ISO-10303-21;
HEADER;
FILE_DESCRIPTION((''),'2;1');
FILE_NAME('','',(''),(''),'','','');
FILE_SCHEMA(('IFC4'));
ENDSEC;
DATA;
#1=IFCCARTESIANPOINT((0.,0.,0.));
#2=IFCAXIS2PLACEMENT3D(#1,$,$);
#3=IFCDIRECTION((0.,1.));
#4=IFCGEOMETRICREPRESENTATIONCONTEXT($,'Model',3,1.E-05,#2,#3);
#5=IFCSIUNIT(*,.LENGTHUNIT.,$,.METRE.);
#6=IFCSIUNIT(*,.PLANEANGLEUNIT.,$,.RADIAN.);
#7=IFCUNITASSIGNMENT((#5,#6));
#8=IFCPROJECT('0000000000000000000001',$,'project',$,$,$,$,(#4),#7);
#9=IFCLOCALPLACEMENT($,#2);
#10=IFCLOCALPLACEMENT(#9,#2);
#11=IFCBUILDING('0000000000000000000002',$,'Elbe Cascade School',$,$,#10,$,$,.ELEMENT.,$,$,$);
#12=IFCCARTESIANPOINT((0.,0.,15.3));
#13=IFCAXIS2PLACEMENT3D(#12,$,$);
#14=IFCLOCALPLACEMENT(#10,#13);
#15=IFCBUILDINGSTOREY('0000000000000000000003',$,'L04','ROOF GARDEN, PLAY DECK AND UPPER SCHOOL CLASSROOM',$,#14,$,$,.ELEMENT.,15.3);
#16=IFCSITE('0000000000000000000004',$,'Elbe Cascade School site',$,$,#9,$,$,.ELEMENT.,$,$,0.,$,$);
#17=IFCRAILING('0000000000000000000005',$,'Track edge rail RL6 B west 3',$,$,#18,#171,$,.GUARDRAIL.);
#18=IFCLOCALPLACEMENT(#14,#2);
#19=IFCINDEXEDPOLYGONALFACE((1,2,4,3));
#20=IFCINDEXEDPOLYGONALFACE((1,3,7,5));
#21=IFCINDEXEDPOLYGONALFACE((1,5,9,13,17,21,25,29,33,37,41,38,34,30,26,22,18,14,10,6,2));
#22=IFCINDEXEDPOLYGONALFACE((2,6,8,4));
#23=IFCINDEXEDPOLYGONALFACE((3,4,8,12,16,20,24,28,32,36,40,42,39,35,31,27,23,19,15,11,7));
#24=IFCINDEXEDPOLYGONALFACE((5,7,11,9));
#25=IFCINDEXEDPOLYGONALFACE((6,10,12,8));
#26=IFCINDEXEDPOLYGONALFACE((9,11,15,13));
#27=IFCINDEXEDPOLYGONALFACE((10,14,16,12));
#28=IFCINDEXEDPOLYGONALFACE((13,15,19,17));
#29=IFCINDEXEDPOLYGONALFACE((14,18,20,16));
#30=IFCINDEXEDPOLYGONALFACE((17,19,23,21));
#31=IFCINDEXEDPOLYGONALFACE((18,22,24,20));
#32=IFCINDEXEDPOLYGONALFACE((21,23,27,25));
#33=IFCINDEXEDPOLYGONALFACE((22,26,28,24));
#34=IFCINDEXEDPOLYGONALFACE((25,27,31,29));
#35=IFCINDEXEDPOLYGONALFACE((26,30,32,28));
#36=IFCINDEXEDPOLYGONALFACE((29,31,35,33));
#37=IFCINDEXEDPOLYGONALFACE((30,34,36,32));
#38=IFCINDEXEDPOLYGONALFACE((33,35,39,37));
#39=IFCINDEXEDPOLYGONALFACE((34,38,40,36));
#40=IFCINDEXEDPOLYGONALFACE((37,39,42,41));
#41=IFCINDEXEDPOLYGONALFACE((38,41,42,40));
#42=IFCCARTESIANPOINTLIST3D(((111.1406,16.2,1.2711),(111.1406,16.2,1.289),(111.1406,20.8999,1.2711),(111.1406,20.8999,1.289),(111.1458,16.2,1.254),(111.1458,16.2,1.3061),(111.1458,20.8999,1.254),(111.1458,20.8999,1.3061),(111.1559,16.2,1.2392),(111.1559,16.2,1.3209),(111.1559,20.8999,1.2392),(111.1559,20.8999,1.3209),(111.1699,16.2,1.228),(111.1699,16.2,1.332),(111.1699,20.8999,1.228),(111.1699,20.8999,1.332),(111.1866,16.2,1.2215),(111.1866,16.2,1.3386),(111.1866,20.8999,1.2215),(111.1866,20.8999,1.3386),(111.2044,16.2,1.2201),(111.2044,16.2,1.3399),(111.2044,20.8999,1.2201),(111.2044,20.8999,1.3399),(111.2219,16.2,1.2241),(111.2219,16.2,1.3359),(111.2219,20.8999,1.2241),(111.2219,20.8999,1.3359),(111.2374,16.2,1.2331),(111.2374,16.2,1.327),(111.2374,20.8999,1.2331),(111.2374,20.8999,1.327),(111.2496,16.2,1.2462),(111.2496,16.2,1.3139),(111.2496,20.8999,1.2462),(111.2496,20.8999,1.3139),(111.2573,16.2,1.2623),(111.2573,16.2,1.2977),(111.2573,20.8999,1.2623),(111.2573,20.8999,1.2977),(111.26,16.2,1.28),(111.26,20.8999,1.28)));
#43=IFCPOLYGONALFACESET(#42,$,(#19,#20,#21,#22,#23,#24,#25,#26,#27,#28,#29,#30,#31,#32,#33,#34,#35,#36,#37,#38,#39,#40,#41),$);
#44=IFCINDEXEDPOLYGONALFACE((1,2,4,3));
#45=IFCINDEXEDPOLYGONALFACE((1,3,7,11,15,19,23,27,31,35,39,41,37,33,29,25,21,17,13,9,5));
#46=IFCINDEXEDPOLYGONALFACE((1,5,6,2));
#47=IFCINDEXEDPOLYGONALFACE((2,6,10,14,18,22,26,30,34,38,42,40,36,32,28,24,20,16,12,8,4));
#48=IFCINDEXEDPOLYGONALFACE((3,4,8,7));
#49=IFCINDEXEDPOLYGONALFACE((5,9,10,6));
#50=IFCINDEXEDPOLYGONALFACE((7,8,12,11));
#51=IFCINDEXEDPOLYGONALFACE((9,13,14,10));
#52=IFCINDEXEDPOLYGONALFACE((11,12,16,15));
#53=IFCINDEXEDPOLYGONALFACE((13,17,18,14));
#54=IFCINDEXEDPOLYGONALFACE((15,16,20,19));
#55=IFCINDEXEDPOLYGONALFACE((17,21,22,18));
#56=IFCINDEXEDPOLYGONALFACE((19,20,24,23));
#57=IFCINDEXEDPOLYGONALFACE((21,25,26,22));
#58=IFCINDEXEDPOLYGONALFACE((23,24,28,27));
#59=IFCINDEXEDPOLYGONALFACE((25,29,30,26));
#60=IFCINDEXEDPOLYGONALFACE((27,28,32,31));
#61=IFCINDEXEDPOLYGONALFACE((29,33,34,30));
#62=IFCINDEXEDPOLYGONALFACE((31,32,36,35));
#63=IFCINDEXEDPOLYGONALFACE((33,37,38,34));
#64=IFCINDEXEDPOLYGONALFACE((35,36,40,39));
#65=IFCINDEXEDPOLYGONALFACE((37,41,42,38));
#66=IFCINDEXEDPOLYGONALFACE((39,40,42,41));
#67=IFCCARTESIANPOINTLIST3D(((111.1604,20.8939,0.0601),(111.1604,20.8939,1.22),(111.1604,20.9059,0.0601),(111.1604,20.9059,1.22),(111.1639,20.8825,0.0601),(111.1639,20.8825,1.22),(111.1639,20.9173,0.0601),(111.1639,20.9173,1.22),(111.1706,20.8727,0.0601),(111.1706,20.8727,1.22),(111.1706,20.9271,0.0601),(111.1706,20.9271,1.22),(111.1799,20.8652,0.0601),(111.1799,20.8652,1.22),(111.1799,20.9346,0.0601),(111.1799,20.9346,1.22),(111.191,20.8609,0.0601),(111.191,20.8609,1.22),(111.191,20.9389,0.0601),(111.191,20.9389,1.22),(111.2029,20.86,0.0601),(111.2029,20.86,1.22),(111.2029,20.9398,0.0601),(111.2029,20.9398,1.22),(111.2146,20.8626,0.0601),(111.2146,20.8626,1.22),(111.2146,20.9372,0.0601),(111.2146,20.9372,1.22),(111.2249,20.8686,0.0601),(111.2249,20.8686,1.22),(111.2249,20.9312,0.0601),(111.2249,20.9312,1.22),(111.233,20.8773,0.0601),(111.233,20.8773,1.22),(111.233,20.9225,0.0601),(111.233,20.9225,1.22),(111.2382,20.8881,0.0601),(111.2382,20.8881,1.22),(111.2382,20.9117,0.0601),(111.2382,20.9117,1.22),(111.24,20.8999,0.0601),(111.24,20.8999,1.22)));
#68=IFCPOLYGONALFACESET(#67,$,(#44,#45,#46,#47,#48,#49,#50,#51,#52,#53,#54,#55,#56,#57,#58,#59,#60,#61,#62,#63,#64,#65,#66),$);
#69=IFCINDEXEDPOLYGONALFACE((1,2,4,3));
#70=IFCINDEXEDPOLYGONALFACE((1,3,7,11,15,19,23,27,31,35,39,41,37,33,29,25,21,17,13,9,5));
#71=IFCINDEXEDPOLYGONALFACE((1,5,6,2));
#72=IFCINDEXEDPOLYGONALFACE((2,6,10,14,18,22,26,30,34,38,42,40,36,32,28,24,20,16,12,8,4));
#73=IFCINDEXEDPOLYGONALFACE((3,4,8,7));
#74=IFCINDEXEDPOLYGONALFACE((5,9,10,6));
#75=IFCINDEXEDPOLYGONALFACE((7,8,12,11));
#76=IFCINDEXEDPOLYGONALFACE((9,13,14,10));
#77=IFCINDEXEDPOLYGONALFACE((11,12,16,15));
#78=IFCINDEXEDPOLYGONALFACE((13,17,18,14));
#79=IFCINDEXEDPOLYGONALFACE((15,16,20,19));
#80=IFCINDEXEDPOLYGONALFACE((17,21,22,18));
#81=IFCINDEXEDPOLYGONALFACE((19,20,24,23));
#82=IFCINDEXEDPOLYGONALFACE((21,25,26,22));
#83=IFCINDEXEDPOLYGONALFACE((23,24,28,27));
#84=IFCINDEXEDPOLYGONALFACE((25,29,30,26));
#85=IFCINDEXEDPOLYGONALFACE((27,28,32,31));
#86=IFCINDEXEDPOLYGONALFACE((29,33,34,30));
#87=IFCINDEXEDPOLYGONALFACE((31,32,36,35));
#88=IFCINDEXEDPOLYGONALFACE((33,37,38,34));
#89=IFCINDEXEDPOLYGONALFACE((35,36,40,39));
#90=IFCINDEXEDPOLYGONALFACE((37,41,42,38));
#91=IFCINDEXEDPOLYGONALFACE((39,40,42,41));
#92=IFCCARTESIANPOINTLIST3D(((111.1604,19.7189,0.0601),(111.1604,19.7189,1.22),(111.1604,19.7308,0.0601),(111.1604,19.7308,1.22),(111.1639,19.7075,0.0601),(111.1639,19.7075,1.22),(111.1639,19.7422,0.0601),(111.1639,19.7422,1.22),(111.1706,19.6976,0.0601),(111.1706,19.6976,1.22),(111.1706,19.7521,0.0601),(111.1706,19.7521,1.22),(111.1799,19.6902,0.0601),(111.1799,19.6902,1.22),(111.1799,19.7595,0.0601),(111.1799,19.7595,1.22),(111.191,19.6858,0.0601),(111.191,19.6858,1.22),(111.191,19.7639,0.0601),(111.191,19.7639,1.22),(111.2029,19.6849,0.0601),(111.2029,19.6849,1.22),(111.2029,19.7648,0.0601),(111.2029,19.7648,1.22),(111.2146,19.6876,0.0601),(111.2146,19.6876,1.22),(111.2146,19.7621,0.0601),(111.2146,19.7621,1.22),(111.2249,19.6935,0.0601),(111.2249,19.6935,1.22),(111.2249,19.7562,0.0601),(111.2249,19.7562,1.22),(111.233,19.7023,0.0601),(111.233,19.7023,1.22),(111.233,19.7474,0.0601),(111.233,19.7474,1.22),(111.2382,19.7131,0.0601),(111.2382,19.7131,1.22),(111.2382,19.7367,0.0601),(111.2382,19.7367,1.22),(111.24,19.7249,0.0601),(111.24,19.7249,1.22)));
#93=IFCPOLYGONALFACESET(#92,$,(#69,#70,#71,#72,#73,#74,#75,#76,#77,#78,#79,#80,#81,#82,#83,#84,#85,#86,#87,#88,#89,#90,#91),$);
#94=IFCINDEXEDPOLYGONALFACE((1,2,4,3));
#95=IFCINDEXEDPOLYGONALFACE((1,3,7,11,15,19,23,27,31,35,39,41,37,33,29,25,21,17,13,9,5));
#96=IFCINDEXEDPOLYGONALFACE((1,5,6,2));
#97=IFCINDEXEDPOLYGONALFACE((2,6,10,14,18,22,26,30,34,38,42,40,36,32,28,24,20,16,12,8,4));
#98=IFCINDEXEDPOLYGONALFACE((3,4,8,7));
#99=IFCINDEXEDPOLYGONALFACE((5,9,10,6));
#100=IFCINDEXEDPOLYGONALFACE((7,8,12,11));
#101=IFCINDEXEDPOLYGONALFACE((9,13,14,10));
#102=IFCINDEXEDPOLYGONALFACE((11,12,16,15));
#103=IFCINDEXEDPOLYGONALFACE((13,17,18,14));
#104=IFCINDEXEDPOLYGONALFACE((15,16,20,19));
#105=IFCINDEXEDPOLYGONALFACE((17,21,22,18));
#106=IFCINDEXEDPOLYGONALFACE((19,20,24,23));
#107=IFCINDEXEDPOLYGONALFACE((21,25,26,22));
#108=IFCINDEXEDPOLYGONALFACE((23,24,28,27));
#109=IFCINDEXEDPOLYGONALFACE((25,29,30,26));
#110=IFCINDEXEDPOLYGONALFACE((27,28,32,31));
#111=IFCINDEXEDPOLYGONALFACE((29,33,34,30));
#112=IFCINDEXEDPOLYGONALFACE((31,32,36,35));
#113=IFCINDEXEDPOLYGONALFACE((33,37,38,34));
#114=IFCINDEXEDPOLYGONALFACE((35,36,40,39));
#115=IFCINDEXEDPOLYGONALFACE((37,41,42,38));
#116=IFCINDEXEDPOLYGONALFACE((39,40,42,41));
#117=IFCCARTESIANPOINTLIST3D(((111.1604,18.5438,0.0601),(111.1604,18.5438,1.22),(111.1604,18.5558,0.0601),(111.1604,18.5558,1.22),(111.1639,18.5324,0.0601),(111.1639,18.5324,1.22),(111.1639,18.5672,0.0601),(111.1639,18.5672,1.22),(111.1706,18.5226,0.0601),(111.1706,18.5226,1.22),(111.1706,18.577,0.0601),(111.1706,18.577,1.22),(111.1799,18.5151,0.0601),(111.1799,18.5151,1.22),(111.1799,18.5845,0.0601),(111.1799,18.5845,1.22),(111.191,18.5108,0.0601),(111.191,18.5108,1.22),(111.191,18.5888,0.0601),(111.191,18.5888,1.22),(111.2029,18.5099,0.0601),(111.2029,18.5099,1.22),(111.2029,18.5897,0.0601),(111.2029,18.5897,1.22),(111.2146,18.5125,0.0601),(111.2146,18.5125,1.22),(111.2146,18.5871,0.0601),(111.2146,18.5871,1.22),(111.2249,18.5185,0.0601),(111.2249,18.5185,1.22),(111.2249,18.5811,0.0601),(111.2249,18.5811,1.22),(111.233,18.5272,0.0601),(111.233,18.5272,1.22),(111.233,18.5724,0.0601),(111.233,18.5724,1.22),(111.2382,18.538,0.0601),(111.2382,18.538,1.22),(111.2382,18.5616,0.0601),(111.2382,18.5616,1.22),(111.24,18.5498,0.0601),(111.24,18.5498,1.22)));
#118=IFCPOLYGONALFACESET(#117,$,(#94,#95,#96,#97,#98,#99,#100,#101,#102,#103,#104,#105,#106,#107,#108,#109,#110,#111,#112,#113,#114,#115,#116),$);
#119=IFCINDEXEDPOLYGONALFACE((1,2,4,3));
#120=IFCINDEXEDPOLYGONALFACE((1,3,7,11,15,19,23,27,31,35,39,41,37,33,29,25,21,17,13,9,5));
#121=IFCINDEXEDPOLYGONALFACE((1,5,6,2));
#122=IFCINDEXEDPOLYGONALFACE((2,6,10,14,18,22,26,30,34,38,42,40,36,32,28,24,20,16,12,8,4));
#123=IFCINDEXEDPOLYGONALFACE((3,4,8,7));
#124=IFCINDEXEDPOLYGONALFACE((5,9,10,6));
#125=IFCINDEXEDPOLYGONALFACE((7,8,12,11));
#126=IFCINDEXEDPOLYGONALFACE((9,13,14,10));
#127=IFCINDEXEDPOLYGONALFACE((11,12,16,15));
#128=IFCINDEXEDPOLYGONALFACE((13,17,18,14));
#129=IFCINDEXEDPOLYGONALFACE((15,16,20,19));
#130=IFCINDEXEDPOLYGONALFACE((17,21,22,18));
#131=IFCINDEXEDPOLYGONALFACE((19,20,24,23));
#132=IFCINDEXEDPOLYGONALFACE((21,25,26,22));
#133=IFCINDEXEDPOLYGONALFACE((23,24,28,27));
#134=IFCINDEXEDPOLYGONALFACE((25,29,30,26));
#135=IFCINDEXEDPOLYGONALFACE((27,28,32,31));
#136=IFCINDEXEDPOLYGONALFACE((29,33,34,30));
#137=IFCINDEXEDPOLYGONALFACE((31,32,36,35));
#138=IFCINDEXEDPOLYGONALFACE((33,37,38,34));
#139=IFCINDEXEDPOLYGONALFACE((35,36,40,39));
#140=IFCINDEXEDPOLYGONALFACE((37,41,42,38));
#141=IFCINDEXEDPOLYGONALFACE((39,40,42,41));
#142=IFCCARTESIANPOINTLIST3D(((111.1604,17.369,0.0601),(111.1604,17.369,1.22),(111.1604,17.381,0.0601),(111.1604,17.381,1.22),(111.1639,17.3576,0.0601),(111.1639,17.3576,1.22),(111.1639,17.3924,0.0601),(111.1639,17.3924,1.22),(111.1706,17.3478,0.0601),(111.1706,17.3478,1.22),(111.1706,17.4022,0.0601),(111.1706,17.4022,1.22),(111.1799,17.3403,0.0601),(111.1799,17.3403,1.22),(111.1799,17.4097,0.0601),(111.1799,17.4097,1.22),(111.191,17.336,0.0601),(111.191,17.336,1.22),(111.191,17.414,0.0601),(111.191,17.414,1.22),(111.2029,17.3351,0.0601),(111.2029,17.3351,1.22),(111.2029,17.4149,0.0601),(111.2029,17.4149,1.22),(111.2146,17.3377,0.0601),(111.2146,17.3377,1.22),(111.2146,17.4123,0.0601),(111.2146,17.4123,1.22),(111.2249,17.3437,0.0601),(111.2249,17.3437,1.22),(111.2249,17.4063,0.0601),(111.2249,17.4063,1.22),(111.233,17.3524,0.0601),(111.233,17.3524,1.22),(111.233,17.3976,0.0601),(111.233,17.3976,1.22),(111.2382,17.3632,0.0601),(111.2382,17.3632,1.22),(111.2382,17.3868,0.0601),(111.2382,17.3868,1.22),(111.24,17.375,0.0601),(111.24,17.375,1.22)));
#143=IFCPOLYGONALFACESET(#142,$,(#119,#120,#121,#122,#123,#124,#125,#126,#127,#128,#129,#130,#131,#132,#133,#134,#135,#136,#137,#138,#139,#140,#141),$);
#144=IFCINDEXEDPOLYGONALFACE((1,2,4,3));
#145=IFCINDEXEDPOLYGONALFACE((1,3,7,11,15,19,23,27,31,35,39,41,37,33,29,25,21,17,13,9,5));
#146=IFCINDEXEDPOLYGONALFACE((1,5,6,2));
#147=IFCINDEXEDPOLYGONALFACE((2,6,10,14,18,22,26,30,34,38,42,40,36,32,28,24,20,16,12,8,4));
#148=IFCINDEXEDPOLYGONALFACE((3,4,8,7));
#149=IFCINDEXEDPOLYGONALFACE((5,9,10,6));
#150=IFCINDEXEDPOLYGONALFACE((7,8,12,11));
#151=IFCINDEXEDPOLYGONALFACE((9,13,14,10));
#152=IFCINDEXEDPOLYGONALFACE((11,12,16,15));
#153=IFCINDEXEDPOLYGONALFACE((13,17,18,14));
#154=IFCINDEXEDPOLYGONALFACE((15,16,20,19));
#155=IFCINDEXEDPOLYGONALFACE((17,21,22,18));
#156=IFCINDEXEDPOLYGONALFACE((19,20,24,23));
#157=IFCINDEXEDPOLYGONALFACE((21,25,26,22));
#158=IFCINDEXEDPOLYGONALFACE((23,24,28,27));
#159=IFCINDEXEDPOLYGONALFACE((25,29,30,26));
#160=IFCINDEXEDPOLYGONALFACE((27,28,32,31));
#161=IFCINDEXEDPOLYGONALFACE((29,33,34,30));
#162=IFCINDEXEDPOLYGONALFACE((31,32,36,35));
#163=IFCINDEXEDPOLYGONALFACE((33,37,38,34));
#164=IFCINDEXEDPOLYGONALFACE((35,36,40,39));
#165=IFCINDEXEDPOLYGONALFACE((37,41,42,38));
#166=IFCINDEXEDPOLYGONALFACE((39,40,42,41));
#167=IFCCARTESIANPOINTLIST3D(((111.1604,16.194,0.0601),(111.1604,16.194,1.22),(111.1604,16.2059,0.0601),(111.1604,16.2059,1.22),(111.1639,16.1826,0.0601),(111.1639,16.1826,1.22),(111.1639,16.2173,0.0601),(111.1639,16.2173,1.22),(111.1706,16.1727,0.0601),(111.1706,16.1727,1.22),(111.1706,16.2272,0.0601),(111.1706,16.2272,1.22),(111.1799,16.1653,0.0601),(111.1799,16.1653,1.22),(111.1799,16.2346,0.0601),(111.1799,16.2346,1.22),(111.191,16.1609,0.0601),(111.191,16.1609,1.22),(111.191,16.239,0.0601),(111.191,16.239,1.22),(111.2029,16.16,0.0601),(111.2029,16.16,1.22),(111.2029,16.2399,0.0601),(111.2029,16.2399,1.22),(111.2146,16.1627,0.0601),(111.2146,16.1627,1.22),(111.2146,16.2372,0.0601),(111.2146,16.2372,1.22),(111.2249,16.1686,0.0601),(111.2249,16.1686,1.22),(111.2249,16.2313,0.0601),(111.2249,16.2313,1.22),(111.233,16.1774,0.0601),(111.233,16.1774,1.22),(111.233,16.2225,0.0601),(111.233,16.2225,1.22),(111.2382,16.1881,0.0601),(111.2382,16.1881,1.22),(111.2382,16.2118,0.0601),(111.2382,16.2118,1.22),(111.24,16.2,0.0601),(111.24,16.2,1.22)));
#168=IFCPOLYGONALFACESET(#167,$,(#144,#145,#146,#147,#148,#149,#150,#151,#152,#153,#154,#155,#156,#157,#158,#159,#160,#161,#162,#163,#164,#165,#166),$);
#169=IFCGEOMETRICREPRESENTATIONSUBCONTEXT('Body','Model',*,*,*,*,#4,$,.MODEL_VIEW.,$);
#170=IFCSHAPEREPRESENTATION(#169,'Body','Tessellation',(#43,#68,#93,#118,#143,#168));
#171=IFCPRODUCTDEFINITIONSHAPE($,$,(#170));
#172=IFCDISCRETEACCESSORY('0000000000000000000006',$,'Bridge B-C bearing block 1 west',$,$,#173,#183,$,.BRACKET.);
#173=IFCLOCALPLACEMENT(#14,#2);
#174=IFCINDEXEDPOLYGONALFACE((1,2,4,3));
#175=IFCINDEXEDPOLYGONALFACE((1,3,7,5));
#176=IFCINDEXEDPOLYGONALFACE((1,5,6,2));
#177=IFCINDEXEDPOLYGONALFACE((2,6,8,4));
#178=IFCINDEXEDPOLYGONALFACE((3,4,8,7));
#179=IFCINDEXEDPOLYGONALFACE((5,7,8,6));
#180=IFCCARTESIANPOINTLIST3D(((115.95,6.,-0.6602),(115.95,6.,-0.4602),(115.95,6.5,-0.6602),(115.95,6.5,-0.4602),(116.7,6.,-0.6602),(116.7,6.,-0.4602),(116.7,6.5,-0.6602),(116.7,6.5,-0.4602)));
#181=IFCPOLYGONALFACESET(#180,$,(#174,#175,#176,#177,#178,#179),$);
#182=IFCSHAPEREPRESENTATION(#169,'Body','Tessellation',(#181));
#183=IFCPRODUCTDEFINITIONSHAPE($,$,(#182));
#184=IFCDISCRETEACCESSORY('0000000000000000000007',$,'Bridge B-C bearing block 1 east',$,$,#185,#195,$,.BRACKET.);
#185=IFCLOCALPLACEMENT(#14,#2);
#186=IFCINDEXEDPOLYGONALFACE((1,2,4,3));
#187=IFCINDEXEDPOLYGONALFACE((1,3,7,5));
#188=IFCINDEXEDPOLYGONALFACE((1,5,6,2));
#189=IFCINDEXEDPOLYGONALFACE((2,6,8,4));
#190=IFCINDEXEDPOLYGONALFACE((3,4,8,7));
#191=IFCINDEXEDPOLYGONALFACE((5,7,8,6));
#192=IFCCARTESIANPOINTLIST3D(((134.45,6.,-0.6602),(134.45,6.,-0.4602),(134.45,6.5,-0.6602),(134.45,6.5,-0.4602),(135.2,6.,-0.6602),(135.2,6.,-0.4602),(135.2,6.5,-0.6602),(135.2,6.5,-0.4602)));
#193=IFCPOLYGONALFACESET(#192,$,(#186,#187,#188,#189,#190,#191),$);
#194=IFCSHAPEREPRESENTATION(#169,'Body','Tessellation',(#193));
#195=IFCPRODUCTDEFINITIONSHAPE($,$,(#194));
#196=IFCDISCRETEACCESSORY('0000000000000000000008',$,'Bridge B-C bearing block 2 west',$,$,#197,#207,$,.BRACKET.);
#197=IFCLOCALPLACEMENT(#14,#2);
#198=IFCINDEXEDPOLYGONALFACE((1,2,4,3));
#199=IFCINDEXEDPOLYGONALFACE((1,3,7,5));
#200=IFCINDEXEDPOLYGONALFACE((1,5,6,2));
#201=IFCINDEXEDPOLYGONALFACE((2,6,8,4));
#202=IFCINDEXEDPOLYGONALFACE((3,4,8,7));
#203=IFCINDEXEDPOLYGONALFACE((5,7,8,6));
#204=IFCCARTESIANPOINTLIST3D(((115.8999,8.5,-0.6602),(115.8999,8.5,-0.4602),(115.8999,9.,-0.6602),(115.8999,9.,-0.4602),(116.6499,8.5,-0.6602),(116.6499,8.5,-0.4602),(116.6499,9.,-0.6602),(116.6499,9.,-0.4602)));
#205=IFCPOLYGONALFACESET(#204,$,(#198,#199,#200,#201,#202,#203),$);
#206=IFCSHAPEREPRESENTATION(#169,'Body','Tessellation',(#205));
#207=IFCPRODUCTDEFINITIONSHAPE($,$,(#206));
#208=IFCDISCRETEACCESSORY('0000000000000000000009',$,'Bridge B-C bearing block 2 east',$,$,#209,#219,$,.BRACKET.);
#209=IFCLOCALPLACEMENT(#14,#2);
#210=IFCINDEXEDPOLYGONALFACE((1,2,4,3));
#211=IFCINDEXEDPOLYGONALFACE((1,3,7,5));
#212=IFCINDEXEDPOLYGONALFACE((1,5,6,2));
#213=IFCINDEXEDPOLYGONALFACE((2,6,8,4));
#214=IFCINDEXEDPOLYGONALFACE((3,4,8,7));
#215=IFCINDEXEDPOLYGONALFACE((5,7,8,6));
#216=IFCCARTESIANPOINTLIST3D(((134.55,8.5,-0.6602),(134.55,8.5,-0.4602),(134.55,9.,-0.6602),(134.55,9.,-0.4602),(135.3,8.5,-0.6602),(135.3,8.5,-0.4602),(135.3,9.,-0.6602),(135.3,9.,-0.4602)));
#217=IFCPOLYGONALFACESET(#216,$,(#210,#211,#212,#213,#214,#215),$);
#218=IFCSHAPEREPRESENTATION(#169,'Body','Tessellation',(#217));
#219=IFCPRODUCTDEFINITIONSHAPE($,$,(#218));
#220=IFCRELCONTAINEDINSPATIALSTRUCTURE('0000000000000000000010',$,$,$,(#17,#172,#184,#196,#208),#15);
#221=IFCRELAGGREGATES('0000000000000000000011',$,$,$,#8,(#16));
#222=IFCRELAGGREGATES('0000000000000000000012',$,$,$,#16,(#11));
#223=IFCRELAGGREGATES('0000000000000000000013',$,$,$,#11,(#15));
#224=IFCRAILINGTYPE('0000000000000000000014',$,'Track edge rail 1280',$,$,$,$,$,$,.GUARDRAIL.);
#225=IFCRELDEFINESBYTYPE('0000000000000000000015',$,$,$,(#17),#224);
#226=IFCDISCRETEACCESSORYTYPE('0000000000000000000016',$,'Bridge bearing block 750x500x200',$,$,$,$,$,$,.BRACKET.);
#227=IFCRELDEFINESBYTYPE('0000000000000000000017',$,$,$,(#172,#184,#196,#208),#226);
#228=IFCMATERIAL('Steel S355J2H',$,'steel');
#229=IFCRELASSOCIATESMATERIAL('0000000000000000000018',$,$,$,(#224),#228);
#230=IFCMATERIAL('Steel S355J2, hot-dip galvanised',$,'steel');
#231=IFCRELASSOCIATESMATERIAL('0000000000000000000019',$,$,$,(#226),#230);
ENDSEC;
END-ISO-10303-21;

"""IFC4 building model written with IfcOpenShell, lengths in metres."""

from ifc_helpers import new_model, si_unit, direction, frame, origin, origin_2d, place, context, subcontext, project, spatial, rectangle, circle, extrude, material, type_object, element, save


model = new_model("IFC4")

# Units and contexts
model_context = context("Model", 3, precision=1e-05, world=origin(), true_north=direction((0.0, 1.0)))
body_context = subcontext(model_context, "Body", "Model", "MODEL_VIEW")
ifc_project = project(units=[si_unit("LENGTHUNIT", "METRE"), si_unit("PLANEANGLEUNIT", "RADIAN")], contexts=[model_context])

# Site, building, storey
site_placement = place(None, origin())
site = spatial("IfcSite", under=ifc_project, at=site_placement, Name="Elbe Cascade School site", CompositionType="ELEMENT", RefElevation=0.0)
building_placement = place(site_placement, origin())
building = spatial("IfcBuilding", under=site, at=building_placement, Name="Elbe Cascade School", CompositionType="ELEMENT")
storey_placement = place(building_placement, frame((0.0, 0.0, 15.3)))
storey = spatial("IfcBuildingStorey", under=building, at=storey_placement, Name="L04", Description="ROOF GARDEN, PLAY DECK AND UPPER SCHOOL CLASSROOM", CompositionType="ELEMENT", Elevation=15.3)

# Railing
ifc_material_1 = material(Name="Steel S355J2H", Category="steel")
railing_type_1 = type_object("IfcRailingType", Name="Track edge rail 1280", PredefinedType="GUARDRAIL", material=ifc_material_1)
railing_1_placement = place(storey_placement, frame((111.2, 20.8999, 0.0601)))
element("IfcRailing", 1, at=railing_1_placement, inside=storey, type_object=railing_type_1, Name="Track edge rail RL6 B west 3", PredefinedType="GUARDRAIL", context=body_context, shape_type="SweptSolid", body=[
    extrude(circle(Radius=0.0601, at=origin_2d()), frame((0.0, 0.0, 1.22), z_axis=(0.0, -1.0, 0.0), x_axis=(1.0, 0.0, 0.0)), (0.0, 0.0, 1.0), 4.7),
    extrude(circle(Radius=0.04, at=origin_2d()), origin(), (0.0, 0.0, 1.0), 1.1599),
    extrude(circle(Radius=0.04, at=origin_2d()), frame((0.0, -1.175, 0.0)), (0.0, 0.0, 1.0), 1.1599),
    extrude(circle(Radius=0.04, at=origin_2d()), frame((0.0, -2.3501, 0.0)), (0.0, 0.0, 1.0), 1.1599),
    extrude(circle(Radius=0.04, at=origin_2d()), frame((0.0, -3.5249, 0.0)), (0.0, 0.0, 1.0), 1.1599),
    extrude(circle(Radius=0.04, at=origin_2d()), frame((0.0, -4.7, 0.0)), (0.0, 0.0, 1.0), 1.1599),
])

# Discrete accessories
ifc_material_2 = material(Name="Steel S355J2, hot-dip galvanised", Category="steel")
discrete_accessory_type = type_object("IfcDiscreteAccessoryType", Name="Bridge bearing block 750x500x200", PredefinedType="BRACKET", material=ifc_material_2)
for number, where, z_axis, x_axis, name in (
    (2, (116.325, 6.25, -0.6602), (0.0, 0.0, 1.0), (1.0, 0.0, 0.0), "Bridge B-C bearing block 1 west"),
    (3, (134.825, 6.25, -0.6602), (0.0, 0.0, 1.0), (1.0, 0.0, 0.0), "Bridge B-C bearing block 1 east"),
    (4, (116.2749, 8.75, -0.6602), (0.0, 0.0, 1.0), (1.0, 0.0, 0.0), "Bridge B-C bearing block 2 west"),
    (5, (134.925, 8.75, -0.6602), (0.0, 0.0, 1.0), (1.0, 0.0, 0.0), "Bridge B-C bearing block 2 east"),
):
    element("IfcDiscreteAccessory", number, at=place(storey_placement, frame(where, z_axis=z_axis, x_axis=x_axis)), inside=storey, type_object=discrete_accessory_type, Name=name, PredefinedType="BRACKET", context=body_context, shape_type="SweptSolid", body=[
        extrude(rectangle(XDim=0.75, YDim=0.5, at=origin_2d()), origin(), (0.0, 0.0, 1.0), 0.2),
    ])

save(model, "model.ifc")
